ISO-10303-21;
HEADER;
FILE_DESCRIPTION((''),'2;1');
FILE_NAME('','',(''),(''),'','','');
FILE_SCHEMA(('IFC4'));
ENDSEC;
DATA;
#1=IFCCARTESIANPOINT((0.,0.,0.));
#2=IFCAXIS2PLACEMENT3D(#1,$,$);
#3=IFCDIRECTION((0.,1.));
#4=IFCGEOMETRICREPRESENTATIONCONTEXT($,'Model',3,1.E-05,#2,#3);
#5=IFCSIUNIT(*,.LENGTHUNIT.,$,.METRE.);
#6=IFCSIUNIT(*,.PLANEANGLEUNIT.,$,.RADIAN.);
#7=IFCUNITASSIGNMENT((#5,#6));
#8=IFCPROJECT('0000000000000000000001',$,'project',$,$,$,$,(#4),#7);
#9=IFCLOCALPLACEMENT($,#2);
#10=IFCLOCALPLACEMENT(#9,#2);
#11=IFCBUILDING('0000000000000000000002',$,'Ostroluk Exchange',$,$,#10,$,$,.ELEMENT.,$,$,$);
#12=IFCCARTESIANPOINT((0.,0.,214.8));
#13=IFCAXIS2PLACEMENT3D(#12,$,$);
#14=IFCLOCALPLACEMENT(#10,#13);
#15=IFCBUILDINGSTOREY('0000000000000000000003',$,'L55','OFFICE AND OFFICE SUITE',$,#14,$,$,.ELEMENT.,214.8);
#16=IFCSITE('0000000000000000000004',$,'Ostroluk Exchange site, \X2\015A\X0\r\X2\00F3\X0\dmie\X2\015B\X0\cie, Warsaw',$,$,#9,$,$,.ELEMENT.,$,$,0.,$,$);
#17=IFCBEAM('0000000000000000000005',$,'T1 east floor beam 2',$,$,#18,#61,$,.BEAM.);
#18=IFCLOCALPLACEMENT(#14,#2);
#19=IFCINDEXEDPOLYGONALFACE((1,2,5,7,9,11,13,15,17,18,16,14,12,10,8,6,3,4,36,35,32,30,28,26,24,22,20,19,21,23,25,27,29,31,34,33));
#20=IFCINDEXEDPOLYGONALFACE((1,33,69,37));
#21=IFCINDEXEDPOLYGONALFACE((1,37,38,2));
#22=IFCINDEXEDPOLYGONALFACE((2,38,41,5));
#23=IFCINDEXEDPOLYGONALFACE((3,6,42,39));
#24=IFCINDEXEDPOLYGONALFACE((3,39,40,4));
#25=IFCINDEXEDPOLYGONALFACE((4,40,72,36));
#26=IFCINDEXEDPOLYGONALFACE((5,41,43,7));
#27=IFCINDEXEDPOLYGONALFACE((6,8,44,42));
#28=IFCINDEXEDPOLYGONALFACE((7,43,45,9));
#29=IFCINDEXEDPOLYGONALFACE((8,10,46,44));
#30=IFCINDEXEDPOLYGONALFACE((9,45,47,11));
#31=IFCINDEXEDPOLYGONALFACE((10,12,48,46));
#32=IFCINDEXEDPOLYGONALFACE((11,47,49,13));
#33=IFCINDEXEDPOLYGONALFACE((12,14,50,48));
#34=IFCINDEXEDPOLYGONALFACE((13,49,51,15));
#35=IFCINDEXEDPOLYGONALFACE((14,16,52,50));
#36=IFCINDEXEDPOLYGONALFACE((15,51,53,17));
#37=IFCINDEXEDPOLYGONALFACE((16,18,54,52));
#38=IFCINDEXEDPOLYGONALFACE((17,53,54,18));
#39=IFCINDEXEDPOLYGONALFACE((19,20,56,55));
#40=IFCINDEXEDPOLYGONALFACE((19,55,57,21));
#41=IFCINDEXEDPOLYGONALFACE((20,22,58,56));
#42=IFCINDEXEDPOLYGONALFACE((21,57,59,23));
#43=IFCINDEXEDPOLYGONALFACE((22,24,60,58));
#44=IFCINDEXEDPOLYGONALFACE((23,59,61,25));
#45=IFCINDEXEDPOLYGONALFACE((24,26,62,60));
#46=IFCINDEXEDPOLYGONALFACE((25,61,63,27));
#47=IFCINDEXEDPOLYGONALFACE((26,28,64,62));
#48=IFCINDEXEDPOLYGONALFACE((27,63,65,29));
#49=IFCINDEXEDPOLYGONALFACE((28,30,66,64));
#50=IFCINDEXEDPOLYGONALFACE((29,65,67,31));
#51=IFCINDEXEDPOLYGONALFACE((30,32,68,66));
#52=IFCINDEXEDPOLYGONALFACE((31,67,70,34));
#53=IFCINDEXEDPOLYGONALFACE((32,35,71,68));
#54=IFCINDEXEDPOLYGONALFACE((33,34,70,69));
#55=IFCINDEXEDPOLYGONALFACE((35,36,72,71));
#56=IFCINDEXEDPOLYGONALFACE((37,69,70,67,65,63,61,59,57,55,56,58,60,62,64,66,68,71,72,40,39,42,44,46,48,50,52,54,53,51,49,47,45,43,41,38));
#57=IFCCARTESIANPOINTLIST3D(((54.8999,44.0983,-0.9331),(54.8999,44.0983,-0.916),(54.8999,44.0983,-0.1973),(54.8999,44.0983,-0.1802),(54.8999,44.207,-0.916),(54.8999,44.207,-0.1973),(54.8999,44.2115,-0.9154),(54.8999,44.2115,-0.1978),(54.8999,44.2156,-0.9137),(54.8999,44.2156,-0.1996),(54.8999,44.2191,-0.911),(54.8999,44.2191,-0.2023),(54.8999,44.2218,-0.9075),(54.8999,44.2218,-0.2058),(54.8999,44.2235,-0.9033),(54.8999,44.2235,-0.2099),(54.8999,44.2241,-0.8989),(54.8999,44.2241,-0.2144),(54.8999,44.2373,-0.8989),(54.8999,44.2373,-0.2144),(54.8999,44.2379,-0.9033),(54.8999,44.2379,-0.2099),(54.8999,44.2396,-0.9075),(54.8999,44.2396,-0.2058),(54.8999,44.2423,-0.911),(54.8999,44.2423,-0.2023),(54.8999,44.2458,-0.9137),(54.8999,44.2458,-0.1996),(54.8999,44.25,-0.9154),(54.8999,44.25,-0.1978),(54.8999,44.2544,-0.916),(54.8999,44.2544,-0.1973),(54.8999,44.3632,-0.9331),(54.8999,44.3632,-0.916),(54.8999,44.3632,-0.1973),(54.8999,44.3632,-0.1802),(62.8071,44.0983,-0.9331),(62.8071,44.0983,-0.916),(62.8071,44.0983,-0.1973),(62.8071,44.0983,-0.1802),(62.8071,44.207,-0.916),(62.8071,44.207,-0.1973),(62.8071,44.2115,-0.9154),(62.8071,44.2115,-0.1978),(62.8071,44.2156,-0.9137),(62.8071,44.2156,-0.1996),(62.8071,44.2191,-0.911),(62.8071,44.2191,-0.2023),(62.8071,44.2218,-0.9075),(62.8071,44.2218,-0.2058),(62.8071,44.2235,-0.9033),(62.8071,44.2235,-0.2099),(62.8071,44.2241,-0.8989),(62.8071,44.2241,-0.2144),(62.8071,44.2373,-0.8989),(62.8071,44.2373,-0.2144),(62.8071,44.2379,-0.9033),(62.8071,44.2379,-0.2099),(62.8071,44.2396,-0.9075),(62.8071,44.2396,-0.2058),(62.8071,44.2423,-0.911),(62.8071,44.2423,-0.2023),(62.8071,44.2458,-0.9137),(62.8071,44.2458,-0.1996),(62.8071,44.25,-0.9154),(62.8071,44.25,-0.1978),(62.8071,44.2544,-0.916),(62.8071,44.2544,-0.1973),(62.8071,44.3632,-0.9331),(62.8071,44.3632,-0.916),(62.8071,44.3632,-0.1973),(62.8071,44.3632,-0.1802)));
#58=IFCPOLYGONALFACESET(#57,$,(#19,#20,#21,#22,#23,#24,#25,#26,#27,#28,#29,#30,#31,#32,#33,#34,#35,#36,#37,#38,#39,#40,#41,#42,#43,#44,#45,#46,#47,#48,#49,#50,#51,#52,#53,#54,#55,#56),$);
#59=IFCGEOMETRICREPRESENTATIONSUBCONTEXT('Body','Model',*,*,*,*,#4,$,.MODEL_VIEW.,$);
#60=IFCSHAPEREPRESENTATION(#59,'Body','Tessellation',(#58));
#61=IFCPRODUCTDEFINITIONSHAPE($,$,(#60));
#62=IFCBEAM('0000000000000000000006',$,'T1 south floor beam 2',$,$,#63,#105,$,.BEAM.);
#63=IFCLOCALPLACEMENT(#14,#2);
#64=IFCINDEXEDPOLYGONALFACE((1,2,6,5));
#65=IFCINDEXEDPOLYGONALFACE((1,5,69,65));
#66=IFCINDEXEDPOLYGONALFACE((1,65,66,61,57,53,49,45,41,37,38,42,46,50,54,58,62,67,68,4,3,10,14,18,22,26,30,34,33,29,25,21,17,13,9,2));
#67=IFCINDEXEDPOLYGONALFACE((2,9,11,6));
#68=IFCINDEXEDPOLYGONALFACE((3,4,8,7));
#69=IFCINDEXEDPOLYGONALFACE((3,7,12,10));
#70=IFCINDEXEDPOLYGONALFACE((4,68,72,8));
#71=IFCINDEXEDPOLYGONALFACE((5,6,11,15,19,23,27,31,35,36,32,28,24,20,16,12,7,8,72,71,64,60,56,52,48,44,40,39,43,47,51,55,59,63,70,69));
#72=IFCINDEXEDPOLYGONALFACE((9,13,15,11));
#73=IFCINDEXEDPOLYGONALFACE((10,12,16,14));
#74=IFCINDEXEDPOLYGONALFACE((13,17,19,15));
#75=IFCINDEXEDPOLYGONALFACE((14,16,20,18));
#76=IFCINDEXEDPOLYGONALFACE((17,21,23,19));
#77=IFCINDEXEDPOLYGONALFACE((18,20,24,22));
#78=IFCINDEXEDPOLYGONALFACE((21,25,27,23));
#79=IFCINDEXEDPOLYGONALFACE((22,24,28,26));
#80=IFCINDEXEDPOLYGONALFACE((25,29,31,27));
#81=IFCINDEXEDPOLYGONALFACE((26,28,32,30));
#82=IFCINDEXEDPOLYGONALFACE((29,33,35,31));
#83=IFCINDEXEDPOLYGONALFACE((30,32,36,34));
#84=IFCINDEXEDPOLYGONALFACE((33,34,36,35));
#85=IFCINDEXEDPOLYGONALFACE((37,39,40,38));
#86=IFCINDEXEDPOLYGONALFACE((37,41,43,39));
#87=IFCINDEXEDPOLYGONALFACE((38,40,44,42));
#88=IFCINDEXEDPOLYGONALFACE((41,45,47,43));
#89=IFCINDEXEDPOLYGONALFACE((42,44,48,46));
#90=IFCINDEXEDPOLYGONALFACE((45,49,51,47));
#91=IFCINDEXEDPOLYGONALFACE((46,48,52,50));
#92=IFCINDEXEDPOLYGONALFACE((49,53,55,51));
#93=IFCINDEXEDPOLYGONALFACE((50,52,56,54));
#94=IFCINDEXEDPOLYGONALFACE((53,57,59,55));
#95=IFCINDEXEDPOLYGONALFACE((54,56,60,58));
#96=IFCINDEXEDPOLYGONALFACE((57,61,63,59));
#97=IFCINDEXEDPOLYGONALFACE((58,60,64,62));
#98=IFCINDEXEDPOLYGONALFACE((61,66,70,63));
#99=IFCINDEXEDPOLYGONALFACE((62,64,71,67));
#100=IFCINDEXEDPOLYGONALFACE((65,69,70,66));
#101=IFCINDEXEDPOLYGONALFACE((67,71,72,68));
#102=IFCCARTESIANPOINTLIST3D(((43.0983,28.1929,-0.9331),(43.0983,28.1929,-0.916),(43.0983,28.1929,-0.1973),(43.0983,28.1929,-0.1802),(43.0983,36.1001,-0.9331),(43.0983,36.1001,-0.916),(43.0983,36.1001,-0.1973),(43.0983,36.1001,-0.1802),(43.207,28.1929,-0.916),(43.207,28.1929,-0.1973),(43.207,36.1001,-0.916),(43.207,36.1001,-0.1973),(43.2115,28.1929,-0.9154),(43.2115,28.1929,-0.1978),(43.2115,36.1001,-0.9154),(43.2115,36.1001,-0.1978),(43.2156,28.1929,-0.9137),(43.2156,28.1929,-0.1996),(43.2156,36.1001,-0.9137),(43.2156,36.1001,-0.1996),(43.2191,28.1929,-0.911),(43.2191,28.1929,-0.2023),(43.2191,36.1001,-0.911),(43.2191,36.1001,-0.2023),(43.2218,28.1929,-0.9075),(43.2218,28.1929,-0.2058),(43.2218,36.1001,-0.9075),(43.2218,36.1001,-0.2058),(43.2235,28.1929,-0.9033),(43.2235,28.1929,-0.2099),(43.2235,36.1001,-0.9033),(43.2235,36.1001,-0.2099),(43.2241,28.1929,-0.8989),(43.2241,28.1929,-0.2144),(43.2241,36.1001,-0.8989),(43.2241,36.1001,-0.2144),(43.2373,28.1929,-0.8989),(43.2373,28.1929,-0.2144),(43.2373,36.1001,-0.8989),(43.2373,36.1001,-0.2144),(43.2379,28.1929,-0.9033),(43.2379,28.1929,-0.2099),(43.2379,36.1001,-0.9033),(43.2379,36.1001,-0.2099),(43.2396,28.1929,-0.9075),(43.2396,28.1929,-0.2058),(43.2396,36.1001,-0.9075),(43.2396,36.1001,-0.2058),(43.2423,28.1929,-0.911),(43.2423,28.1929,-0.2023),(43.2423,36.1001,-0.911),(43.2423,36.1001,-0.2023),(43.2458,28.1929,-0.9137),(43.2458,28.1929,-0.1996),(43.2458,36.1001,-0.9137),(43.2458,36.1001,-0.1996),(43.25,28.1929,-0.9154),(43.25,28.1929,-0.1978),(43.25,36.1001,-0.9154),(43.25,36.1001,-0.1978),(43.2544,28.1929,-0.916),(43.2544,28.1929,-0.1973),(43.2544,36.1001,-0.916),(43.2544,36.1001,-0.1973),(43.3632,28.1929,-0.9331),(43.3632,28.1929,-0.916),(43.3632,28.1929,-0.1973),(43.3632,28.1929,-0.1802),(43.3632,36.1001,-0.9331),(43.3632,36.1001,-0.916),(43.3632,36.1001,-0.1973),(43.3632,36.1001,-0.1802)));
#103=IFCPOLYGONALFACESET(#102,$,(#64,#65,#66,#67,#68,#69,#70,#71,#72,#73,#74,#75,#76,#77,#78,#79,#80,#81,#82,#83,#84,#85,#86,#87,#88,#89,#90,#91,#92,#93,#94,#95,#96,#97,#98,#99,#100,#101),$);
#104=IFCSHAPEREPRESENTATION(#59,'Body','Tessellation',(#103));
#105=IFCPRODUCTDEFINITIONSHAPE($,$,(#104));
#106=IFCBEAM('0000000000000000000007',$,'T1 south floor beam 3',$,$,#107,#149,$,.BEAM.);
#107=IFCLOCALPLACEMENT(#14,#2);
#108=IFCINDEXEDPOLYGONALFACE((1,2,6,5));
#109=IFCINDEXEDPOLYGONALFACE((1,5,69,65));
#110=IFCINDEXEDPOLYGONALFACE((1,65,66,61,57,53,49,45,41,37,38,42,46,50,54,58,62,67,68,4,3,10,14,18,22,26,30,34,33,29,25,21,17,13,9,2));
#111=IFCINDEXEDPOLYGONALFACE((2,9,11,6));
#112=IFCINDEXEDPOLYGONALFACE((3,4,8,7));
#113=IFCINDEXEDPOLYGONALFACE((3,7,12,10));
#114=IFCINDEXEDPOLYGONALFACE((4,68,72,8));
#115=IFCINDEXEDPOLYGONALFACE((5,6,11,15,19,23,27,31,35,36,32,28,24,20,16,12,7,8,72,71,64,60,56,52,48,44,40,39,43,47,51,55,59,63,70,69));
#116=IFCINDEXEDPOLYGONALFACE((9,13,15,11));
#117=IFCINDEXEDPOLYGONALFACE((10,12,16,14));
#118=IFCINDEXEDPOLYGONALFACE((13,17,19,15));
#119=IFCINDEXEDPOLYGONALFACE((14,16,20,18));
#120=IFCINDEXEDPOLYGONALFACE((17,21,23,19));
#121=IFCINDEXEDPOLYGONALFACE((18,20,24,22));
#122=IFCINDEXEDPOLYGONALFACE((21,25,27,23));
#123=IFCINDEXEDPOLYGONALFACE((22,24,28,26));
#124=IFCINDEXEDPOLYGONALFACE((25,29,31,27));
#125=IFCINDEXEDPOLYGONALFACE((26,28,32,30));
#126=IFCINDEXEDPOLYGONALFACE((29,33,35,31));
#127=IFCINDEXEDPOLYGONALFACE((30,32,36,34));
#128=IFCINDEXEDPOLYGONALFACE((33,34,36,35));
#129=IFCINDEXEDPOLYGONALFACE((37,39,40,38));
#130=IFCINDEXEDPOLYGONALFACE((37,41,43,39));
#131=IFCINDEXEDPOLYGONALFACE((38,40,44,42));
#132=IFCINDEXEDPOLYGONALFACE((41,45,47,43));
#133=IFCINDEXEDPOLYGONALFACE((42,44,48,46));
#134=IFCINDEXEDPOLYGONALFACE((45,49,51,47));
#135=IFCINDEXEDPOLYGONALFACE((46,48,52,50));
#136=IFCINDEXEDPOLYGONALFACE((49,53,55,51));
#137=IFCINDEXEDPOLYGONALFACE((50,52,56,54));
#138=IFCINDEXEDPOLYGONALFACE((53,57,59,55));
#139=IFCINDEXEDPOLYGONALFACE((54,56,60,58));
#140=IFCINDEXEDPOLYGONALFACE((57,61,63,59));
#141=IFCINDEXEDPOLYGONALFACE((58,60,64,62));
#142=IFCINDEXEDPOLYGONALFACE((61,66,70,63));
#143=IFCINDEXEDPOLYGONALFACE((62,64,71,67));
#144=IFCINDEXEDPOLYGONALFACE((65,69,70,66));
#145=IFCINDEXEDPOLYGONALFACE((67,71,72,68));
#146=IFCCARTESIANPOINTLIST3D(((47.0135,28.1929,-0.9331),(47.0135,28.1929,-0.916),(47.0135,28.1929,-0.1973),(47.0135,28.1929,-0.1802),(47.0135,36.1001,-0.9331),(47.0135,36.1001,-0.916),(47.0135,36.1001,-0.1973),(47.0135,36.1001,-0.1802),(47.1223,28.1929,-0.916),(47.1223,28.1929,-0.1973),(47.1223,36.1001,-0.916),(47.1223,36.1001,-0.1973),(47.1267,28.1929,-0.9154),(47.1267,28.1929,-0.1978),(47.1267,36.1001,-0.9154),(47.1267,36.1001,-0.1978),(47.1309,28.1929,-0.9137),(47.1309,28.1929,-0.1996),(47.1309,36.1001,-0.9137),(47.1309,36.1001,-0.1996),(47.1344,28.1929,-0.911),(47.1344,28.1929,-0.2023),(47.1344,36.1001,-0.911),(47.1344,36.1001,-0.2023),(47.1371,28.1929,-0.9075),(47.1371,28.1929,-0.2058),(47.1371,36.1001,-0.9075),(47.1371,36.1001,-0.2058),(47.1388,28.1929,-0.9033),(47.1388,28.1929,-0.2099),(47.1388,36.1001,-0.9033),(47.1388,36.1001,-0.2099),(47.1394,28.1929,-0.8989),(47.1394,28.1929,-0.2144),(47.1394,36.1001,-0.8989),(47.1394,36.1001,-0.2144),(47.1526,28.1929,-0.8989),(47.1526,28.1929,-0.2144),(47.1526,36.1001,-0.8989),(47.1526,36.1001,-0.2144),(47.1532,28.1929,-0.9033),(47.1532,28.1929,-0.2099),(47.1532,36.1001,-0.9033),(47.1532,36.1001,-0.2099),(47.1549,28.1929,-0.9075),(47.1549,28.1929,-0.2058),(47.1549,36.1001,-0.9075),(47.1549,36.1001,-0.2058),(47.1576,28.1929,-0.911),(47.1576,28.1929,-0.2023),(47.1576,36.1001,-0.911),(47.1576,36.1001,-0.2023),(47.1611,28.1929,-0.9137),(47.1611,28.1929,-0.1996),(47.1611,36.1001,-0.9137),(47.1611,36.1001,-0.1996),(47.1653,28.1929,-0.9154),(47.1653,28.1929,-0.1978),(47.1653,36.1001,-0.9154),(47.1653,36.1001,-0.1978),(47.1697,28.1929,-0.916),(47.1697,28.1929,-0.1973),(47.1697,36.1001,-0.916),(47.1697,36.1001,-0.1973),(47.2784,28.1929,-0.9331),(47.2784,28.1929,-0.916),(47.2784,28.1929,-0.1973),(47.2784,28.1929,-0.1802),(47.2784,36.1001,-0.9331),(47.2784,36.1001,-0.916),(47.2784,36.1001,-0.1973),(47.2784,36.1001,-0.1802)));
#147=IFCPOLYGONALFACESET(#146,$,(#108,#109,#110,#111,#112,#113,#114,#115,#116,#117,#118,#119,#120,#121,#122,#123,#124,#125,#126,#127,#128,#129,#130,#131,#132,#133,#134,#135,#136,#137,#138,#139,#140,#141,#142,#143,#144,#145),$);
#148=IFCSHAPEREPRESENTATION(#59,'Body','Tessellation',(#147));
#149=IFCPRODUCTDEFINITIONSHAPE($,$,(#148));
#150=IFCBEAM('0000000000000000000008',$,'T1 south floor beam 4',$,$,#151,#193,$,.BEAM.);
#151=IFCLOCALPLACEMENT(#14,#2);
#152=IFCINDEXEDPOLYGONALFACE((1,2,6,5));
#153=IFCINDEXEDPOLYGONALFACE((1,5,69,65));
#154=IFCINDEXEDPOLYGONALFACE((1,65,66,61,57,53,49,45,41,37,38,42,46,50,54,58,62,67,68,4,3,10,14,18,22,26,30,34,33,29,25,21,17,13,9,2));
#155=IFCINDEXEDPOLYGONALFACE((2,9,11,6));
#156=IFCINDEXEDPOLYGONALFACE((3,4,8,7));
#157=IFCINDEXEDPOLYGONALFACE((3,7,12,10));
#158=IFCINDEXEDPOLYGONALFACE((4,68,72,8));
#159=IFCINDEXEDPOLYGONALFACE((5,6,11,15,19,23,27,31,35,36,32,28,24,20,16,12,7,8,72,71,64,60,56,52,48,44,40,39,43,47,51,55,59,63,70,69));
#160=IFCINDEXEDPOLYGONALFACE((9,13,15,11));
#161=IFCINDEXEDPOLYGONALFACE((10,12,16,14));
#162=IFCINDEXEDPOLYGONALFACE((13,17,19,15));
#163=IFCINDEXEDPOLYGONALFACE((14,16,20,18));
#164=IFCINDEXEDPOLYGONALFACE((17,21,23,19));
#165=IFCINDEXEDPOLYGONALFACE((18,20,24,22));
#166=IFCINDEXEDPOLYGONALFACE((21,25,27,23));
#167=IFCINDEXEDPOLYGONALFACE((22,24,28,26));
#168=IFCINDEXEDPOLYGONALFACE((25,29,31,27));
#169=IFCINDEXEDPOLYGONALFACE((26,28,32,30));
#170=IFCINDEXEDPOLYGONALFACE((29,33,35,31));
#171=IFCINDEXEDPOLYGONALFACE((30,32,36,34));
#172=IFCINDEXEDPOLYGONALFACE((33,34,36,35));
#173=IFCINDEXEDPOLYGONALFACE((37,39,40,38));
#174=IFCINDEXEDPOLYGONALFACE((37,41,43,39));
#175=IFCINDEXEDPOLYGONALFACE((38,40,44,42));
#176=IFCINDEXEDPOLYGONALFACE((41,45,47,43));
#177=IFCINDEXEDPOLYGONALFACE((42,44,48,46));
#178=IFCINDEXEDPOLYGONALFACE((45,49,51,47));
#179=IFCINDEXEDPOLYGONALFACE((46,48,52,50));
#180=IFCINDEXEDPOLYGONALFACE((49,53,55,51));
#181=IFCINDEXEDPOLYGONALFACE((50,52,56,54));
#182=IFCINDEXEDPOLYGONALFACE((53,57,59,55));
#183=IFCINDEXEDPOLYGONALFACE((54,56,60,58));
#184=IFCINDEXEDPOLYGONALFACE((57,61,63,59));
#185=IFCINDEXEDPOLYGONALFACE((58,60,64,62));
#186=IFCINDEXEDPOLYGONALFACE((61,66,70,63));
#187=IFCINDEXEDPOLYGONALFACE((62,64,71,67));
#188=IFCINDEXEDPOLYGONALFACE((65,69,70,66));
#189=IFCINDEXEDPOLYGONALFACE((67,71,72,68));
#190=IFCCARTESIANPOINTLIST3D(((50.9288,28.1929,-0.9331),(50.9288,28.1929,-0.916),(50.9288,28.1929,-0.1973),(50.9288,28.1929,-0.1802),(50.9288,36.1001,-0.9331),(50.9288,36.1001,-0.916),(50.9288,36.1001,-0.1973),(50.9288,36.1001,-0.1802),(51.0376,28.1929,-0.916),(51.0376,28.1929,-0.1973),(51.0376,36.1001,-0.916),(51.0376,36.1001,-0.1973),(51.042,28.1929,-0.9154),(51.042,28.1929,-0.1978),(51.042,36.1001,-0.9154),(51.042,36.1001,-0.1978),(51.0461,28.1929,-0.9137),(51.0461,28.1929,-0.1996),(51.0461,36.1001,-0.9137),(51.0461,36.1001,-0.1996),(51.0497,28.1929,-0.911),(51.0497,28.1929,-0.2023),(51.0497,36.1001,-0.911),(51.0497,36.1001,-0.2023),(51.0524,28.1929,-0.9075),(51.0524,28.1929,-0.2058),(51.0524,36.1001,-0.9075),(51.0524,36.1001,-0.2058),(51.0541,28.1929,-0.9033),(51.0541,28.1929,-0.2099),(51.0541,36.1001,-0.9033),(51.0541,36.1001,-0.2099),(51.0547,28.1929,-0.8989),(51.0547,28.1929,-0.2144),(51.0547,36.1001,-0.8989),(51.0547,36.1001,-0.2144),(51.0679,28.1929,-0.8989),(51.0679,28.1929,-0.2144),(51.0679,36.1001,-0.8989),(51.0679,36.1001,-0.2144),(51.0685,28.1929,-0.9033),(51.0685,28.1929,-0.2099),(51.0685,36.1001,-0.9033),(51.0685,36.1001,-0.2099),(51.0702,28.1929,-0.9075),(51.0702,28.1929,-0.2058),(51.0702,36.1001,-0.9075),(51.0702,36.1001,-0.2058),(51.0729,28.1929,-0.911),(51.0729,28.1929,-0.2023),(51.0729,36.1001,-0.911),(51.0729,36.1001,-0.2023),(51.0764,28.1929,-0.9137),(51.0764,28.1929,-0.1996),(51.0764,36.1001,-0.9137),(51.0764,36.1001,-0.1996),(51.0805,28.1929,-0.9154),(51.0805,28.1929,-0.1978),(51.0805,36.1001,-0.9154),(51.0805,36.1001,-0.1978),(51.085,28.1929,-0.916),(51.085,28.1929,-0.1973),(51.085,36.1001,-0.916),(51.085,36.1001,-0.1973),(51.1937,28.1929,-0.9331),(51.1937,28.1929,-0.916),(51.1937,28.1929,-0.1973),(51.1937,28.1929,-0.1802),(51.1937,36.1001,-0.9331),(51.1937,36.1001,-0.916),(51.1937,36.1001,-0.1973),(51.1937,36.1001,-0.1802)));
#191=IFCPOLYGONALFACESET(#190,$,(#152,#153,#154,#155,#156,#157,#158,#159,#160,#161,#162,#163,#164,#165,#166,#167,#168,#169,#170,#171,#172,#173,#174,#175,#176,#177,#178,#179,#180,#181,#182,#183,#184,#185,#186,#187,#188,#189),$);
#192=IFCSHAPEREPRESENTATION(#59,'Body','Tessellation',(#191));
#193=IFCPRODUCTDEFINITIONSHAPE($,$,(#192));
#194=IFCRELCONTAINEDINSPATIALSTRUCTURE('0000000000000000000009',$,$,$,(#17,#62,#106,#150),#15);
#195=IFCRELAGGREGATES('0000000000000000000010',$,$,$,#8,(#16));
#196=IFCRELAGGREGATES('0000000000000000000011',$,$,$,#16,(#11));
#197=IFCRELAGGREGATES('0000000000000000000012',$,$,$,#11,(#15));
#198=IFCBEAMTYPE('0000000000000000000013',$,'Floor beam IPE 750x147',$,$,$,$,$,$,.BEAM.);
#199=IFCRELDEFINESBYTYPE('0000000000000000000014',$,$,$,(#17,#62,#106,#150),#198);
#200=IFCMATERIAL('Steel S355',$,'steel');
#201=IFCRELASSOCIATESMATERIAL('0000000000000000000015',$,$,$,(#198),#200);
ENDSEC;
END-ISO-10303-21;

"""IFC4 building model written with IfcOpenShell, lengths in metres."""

from ifc_helpers import new_model, si_unit, direction, frame, origin, origin_2d, place, context, subcontext, project, spatial, i_section, extrude, material, material_profile, profile_set, type_object, element, save


model = new_model("IFC4")

# Units and contexts
model_context = context("Model", 3, precision=1e-05, world=origin(), true_north=direction((0.0, 1.0)))
body_context = subcontext(model_context, "Body", "Model", "MODEL_VIEW")
ifc_project = project(units=[si_unit("LENGTHUNIT", "METRE"), si_unit("PLANEANGLEUNIT", "RADIAN")], contexts=[model_context])

# Site, building, storey
site_placement = place(None, origin())
site = spatial("IfcSite", under=ifc_project, at=site_placement, Name="Ostroluk Exchange site, Śródmieście, Warsaw", CompositionType="ELEMENT", RefElevation=0.0)
building_placement = place(site_placement, origin())
building = spatial("IfcBuilding", under=site, at=building_placement, Name="Ostroluk Exchange", CompositionType="ELEMENT")
storey_placement = place(building_placement, frame((0.0, 0.0, 214.8)))
storey = spatial("IfcBuildingStorey", under=building, at=storey_placement, Name="L55", Description="OFFICE AND OFFICE SUITE", CompositionType="ELEMENT", Elevation=214.8)

# Beams
ifc_material_1 = material(Name="Steel S355", Category="steel")
ifc_material_profile_1 = material_profile(ifc_material_1, i_section(OverallWidth=0.2649, OverallDepth=0.7529, WebThickness=0.0132, FlangeThickness=0.0171, FilletRadius=0.0171, at=origin_2d()), Name="IPE 750x147")
ifc_profile_set_1 = profile_set([ifc_material_profile_1], Name="Steel S355")
beam_type_1 = type_object("IfcBeamType", Name="Floor beam IPE 750x147", PredefinedType="BEAM", material=ifc_profile_set_1)
for number, where, z_axis, x_axis, name in (
    (1, (54.8999, 44.2307, -0.5566), (1.0, 0.0, 0.0), (0.0, 1.0, 0.0), "T1 east floor beam 2"),
    (2, (43.2307, 36.1001, -0.5566), (0.0, -1.0, 0.0), (1.0, 0.0, 0.0), "T1 south floor beam 2"),
    (3, (47.146, 36.1001, -0.5566), (0.0, -1.0, 0.0), (1.0, 0.0, 0.0), "T1 south floor beam 3"),
    (4, (51.0613, 36.1001, -0.5566), (0.0, -1.0, 0.0), (1.0, 0.0, 0.0), "T1 south floor beam 4"),
):
    element("IfcBeam", number, at=place(storey_placement, frame(where, z_axis=z_axis, x_axis=x_axis)), inside=storey, type_object=beam_type_1, Name=name, PredefinedType="BEAM", context=body_context, shape_type="SweptSolid", body=[
        extrude(i_section(OverallWidth=0.2649, OverallDepth=0.7529, WebThickness=0.0132, FlangeThickness=0.0171, FilletRadius=0.0171, at=origin_2d()), origin(), (0.0, 0.0, 1.0), 7.9072),
    ])

save(model, "model.ifc")
